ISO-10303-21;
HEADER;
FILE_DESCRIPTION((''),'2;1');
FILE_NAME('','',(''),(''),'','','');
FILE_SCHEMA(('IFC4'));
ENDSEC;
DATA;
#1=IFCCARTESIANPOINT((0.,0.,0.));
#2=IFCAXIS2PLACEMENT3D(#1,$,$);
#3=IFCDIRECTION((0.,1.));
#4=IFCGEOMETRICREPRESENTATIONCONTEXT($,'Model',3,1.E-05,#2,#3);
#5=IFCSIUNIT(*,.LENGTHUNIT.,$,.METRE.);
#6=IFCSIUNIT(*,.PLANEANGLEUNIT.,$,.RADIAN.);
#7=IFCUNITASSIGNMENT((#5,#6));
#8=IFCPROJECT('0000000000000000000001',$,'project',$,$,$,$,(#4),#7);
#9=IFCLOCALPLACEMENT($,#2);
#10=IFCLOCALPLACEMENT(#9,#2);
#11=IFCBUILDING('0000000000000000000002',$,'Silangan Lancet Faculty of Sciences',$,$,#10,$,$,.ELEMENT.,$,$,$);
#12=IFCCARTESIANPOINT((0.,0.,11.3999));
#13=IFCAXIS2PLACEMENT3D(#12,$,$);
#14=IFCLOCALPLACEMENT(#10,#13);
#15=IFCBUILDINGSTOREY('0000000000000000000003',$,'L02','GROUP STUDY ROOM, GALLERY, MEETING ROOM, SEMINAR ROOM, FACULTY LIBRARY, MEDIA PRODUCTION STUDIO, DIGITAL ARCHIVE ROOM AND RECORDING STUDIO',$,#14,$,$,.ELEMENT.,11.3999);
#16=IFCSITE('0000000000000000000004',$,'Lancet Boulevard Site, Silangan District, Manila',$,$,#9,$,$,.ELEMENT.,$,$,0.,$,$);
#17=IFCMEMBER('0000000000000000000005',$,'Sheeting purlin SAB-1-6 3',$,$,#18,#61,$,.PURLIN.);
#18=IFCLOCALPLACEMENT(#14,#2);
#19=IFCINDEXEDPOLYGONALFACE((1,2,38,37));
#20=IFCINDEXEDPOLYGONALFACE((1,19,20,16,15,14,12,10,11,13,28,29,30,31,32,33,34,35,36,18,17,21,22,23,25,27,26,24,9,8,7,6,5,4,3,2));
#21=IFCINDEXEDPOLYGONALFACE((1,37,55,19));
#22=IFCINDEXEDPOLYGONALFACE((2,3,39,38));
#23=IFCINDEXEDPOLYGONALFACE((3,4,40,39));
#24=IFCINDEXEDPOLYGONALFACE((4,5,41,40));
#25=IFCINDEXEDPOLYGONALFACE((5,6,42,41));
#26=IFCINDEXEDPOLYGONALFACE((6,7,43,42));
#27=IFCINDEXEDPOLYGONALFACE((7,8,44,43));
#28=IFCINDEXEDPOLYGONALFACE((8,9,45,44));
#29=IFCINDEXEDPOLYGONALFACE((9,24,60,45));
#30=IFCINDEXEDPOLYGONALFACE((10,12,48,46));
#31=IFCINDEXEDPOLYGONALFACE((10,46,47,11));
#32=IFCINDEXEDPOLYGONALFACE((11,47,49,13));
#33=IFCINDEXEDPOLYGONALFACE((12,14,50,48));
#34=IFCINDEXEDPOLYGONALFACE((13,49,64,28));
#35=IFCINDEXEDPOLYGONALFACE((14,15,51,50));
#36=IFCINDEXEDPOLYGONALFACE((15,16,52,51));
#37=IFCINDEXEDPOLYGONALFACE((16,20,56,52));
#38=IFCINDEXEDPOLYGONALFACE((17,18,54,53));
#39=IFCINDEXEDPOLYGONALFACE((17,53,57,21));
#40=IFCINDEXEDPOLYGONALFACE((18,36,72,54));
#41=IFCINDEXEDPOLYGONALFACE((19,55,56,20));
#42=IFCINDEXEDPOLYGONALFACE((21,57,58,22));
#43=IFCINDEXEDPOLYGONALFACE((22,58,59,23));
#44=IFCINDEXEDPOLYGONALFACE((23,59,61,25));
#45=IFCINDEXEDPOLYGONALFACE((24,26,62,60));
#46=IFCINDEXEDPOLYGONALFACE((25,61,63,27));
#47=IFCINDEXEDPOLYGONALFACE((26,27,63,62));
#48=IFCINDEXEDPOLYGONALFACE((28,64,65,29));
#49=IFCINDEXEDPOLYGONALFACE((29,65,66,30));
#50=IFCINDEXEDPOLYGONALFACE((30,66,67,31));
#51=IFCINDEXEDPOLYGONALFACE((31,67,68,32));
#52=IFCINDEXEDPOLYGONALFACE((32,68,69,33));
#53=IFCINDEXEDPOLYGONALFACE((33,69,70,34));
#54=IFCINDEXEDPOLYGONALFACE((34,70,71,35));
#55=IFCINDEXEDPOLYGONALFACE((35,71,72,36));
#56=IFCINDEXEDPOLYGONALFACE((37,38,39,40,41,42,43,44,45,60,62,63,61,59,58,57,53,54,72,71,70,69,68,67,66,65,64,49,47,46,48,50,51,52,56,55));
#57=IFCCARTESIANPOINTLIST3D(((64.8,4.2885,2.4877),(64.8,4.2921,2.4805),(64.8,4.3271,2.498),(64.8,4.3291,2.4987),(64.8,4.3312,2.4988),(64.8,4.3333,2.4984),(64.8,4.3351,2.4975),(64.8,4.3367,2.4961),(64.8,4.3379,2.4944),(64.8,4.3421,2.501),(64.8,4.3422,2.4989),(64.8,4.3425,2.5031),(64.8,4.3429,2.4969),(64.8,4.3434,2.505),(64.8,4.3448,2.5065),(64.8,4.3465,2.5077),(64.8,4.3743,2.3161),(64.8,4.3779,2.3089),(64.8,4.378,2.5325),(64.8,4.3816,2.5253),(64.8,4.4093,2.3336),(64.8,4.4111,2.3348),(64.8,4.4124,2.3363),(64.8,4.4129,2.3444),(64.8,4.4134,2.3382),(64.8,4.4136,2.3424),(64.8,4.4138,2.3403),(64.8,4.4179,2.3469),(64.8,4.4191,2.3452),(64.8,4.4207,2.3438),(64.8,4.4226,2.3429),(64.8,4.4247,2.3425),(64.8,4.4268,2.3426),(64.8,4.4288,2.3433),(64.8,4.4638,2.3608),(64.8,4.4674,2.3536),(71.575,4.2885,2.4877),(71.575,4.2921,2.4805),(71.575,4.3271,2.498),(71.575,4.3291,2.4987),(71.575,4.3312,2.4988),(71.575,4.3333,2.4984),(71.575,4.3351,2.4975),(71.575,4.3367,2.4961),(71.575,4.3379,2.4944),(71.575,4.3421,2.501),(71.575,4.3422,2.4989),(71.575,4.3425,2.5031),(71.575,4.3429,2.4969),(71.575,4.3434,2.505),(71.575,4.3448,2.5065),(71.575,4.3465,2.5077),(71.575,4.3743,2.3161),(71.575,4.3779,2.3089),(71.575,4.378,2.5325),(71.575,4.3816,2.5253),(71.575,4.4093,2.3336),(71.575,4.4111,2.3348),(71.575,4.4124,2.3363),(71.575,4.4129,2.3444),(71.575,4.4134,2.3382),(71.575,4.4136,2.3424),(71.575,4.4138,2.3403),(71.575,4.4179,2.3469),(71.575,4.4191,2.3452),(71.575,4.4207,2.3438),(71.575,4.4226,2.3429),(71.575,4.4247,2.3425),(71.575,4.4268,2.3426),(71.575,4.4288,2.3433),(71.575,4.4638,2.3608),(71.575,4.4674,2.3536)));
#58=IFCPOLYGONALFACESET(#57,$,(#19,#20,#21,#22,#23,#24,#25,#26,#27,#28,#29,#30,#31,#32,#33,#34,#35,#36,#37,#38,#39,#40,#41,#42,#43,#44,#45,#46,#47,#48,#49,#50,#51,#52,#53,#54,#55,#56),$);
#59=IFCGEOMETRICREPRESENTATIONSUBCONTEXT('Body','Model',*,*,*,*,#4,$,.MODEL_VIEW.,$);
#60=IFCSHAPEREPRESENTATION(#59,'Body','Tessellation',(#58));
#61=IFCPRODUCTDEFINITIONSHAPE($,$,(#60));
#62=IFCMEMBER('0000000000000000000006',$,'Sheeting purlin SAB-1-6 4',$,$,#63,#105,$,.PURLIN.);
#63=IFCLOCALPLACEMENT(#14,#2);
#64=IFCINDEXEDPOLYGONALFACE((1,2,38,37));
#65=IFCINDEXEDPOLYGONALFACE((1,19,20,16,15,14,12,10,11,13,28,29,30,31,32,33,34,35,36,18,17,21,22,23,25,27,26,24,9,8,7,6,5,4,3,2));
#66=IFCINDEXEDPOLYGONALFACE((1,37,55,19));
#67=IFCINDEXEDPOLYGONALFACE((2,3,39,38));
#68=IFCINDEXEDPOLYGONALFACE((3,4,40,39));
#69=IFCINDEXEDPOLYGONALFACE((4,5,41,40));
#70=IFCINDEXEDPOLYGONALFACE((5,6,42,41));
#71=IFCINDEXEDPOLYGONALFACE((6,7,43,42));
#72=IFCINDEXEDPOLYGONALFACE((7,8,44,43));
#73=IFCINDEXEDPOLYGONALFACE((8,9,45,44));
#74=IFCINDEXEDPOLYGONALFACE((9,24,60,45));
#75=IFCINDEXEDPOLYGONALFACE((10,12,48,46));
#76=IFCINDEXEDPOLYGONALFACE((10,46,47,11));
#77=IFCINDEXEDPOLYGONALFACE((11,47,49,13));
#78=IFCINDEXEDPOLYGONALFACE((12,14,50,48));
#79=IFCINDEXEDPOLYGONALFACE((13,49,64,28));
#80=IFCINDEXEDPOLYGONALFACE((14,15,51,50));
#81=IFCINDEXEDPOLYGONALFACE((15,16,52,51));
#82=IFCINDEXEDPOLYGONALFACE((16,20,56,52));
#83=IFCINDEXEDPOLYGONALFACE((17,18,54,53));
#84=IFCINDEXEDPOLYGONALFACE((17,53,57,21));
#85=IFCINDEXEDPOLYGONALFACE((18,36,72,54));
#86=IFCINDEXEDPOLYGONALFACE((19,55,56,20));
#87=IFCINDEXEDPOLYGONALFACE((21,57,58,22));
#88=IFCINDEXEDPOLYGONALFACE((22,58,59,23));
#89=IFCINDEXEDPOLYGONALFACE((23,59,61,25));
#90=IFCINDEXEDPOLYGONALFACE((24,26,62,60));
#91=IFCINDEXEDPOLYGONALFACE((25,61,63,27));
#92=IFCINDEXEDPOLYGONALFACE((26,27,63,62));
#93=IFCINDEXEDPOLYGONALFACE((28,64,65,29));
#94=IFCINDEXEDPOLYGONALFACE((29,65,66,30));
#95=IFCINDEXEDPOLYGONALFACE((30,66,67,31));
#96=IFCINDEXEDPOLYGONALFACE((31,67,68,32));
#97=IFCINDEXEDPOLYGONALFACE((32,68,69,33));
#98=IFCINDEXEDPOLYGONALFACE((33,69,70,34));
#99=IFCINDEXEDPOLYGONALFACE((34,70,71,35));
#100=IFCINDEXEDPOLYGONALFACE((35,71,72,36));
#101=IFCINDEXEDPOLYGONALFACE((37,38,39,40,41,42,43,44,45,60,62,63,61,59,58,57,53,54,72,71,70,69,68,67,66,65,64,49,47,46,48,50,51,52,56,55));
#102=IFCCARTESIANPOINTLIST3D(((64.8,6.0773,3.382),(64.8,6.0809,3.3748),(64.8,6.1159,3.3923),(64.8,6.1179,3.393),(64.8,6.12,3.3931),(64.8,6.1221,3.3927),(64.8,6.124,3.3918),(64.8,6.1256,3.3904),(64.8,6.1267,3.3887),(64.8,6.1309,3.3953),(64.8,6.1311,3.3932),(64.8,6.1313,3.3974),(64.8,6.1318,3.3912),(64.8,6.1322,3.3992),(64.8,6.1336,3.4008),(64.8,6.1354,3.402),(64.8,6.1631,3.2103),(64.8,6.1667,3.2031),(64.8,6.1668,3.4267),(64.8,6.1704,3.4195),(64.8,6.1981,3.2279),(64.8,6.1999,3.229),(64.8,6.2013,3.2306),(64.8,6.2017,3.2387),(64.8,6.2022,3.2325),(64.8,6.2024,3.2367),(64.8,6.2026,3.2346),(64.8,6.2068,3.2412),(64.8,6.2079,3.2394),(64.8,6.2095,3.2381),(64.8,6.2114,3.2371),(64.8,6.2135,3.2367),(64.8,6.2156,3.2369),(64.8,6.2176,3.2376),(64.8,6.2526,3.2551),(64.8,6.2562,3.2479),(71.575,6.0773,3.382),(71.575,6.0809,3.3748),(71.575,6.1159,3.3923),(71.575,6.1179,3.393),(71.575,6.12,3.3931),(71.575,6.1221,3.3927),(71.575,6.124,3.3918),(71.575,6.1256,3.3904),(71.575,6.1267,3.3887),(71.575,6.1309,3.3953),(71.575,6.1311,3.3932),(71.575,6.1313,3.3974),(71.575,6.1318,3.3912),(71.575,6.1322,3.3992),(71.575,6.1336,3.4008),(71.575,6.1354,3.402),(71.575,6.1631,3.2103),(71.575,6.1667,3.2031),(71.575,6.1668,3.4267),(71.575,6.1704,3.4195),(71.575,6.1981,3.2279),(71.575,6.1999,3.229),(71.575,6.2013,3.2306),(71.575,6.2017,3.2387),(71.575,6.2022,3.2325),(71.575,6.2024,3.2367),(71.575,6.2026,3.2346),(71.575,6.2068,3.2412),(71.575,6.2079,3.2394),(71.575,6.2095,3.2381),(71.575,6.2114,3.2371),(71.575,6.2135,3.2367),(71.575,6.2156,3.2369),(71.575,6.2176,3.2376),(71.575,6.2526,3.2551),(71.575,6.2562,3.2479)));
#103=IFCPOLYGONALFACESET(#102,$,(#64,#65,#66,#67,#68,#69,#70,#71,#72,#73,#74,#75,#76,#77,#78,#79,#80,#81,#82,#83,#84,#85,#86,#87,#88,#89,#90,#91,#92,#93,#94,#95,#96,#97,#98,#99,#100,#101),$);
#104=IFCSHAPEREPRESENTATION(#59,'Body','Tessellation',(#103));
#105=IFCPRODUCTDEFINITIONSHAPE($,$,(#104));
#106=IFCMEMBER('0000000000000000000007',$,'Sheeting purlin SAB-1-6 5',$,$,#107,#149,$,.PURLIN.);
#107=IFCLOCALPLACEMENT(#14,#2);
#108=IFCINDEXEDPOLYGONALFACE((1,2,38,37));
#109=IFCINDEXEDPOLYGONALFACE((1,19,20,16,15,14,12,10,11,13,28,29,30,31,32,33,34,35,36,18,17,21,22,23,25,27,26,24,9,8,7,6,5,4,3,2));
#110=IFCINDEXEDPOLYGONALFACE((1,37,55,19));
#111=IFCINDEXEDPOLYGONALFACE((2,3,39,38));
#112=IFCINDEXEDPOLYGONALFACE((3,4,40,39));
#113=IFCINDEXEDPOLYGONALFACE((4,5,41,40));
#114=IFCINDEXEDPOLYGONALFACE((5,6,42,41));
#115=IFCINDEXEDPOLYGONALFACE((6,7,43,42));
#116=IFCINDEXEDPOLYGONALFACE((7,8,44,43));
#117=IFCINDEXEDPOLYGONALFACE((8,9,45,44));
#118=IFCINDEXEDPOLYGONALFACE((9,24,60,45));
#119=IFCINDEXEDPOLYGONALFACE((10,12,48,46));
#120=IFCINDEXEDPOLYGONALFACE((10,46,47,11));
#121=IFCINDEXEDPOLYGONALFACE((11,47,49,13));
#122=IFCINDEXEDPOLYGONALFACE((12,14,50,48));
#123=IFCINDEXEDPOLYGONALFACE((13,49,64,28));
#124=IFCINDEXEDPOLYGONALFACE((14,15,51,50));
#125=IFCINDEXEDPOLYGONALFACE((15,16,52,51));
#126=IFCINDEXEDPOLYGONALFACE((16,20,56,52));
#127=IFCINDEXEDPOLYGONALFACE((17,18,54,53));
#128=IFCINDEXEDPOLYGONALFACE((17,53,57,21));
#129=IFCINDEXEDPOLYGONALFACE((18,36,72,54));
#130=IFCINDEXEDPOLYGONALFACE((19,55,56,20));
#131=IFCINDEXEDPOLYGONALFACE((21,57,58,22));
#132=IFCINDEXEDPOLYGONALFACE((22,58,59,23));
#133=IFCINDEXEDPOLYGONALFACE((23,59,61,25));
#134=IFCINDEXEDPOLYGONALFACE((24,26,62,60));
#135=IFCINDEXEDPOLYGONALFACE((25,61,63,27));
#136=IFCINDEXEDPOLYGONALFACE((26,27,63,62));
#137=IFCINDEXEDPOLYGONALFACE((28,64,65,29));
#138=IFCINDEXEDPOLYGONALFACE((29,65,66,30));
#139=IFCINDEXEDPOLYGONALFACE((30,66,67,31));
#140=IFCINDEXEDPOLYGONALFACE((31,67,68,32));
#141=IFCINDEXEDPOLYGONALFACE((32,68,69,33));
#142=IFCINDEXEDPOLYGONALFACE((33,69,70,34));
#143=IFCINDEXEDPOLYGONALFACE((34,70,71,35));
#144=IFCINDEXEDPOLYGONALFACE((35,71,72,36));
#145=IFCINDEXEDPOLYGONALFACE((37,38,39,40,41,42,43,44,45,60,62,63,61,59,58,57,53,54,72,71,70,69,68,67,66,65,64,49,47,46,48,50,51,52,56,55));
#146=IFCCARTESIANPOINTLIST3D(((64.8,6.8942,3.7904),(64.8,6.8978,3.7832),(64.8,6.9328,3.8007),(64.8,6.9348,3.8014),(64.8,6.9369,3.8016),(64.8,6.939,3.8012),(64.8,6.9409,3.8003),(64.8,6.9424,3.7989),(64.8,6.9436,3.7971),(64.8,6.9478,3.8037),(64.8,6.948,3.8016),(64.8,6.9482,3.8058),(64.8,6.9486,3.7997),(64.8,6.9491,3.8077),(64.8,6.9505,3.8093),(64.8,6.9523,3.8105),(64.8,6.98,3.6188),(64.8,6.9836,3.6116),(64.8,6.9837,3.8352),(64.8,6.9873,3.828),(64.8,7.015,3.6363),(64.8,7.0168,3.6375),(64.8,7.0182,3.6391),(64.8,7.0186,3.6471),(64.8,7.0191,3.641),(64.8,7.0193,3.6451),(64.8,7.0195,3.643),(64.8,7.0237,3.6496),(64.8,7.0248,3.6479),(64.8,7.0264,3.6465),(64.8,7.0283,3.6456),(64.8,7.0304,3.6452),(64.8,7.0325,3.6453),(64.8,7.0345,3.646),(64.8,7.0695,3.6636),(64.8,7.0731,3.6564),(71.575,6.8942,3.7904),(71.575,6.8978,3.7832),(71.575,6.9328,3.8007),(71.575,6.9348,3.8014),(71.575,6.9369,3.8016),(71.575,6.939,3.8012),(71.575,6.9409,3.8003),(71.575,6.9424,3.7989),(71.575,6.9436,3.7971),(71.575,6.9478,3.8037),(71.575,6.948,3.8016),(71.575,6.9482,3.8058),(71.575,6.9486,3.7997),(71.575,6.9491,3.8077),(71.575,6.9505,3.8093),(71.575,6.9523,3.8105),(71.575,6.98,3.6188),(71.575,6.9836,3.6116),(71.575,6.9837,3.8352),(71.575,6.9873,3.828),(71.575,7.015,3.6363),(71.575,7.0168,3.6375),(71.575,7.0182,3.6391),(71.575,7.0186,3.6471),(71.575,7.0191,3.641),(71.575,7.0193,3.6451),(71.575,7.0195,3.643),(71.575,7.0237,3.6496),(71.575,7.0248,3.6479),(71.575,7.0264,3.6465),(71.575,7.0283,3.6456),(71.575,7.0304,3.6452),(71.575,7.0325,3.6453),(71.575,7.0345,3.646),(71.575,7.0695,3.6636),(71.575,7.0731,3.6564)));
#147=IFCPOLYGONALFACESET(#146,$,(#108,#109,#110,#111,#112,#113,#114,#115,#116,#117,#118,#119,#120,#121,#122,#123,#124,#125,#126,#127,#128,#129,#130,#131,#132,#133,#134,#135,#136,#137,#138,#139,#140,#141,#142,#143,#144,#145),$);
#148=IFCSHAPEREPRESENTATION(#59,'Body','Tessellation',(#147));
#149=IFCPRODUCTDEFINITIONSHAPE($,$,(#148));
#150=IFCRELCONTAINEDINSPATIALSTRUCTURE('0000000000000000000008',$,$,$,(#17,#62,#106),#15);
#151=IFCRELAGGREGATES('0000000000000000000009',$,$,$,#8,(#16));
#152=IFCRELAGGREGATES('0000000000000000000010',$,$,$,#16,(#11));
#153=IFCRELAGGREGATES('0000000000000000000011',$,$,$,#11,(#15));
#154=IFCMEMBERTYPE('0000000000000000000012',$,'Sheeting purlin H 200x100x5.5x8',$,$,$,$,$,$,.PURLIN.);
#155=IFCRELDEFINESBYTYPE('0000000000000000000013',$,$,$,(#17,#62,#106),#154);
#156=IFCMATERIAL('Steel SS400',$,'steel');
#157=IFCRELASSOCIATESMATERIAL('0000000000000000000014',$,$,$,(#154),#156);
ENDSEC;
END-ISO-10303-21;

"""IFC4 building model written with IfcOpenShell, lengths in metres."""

from ifc_helpers import new_model, si_unit, direction, frame, origin, origin_2d, place, context, subcontext, project, spatial, i_section, extrude, material, material_profile, profile_set, type_object, element, save


model = new_model("IFC4")

# Units and contexts
model_context = context("Model", 3, precision=1e-05, world=origin(), true_north=direction((0.0, 1.0)))
body_context = subcontext(model_context, "Body", "Model", "MODEL_VIEW")
ifc_project = project(units=[si_unit("LENGTHUNIT", "METRE"), si_unit("PLANEANGLEUNIT", "RADIAN")], contexts=[model_context])

# Site, building, storey
site_placement = place(None, origin())
site = spatial("IfcSite", under=ifc_project, at=site_placement, Name="Lancet Boulevard Site, Silangan District, Manila", CompositionType="ELEMENT", RefElevation=0.0)
building_placement = place(site_placement, origin())
building = spatial("IfcBuilding", under=site, at=building_placement, Name="Silangan Lancet Faculty of Sciences", CompositionType="ELEMENT")
storey_placement = place(building_placement, frame((0.0, 0.0, 11.3999)))
storey = spatial("IfcBuildingStorey", under=building, at=storey_placement, Name="L02", Description="GROUP STUDY ROOM, GALLERY, MEETING ROOM, SEMINAR ROOM, FACULTY LIBRARY, MEDIA PRODUCTION STUDIO, DIGITAL ARCHIVE ROOM AND RECORDING STUDIO", CompositionType="ELEMENT", Elevation=11.3999)

# Members
ifc_material_1 = material(Name="Steel SS400", Category="steel")
ifc_material_profile_1 = material_profile(ifc_material_1, i_section(OverallWidth=0.1001, OverallDepth=0.2, WebThickness=0.0056, FlangeThickness=0.0081, FilletRadius=0.0081, at=origin_2d()), Name="H 200x100x5.5x8")
ifc_profile_set_1 = profile_set([ifc_material_profile_1], Name="Steel SS400")
member_type_1 = type_object("IfcMemberType", Name="Sheeting purlin H 200x100x5.5x8", PredefinedType="PURLIN", material=ifc_profile_set_1)
for number, where, z_axis, x_axis, name in (
    (1, (64.8, 4.3779, 2.4207), (1.0, 0.0, 0.0), (0.0, 0.894427, 0.447214), "Sheeting purlin SAB-1-6 3"),
    (2, (64.8, 6.1667, 3.3149), (1.0, 0.0, 0.0), (0.0, 0.894427, 0.447214), "Sheeting purlin SAB-1-6 4"),
    (3, (64.8, 6.9836, 3.7234), (1.0, 0.0, 0.0), (0.0, 0.894427, 0.447214), "Sheeting purlin SAB-1-6 5"),
):
    element("IfcMember", number, at=place(storey_placement, frame(where, z_axis=z_axis, x_axis=x_axis)), inside=storey, type_object=member_type_1, Name=name, PredefinedType="PURLIN", context=body_context, shape_type="SweptSolid", body=[
        extrude(i_section(OverallWidth=0.1001, OverallDepth=0.2, WebThickness=0.0056, FlangeThickness=0.0081, FilletRadius=0.0081, at=origin_2d()), origin(), (0.0, 0.0, 1.0), 6.7749),
    ])

save(model, "model.ifc")
